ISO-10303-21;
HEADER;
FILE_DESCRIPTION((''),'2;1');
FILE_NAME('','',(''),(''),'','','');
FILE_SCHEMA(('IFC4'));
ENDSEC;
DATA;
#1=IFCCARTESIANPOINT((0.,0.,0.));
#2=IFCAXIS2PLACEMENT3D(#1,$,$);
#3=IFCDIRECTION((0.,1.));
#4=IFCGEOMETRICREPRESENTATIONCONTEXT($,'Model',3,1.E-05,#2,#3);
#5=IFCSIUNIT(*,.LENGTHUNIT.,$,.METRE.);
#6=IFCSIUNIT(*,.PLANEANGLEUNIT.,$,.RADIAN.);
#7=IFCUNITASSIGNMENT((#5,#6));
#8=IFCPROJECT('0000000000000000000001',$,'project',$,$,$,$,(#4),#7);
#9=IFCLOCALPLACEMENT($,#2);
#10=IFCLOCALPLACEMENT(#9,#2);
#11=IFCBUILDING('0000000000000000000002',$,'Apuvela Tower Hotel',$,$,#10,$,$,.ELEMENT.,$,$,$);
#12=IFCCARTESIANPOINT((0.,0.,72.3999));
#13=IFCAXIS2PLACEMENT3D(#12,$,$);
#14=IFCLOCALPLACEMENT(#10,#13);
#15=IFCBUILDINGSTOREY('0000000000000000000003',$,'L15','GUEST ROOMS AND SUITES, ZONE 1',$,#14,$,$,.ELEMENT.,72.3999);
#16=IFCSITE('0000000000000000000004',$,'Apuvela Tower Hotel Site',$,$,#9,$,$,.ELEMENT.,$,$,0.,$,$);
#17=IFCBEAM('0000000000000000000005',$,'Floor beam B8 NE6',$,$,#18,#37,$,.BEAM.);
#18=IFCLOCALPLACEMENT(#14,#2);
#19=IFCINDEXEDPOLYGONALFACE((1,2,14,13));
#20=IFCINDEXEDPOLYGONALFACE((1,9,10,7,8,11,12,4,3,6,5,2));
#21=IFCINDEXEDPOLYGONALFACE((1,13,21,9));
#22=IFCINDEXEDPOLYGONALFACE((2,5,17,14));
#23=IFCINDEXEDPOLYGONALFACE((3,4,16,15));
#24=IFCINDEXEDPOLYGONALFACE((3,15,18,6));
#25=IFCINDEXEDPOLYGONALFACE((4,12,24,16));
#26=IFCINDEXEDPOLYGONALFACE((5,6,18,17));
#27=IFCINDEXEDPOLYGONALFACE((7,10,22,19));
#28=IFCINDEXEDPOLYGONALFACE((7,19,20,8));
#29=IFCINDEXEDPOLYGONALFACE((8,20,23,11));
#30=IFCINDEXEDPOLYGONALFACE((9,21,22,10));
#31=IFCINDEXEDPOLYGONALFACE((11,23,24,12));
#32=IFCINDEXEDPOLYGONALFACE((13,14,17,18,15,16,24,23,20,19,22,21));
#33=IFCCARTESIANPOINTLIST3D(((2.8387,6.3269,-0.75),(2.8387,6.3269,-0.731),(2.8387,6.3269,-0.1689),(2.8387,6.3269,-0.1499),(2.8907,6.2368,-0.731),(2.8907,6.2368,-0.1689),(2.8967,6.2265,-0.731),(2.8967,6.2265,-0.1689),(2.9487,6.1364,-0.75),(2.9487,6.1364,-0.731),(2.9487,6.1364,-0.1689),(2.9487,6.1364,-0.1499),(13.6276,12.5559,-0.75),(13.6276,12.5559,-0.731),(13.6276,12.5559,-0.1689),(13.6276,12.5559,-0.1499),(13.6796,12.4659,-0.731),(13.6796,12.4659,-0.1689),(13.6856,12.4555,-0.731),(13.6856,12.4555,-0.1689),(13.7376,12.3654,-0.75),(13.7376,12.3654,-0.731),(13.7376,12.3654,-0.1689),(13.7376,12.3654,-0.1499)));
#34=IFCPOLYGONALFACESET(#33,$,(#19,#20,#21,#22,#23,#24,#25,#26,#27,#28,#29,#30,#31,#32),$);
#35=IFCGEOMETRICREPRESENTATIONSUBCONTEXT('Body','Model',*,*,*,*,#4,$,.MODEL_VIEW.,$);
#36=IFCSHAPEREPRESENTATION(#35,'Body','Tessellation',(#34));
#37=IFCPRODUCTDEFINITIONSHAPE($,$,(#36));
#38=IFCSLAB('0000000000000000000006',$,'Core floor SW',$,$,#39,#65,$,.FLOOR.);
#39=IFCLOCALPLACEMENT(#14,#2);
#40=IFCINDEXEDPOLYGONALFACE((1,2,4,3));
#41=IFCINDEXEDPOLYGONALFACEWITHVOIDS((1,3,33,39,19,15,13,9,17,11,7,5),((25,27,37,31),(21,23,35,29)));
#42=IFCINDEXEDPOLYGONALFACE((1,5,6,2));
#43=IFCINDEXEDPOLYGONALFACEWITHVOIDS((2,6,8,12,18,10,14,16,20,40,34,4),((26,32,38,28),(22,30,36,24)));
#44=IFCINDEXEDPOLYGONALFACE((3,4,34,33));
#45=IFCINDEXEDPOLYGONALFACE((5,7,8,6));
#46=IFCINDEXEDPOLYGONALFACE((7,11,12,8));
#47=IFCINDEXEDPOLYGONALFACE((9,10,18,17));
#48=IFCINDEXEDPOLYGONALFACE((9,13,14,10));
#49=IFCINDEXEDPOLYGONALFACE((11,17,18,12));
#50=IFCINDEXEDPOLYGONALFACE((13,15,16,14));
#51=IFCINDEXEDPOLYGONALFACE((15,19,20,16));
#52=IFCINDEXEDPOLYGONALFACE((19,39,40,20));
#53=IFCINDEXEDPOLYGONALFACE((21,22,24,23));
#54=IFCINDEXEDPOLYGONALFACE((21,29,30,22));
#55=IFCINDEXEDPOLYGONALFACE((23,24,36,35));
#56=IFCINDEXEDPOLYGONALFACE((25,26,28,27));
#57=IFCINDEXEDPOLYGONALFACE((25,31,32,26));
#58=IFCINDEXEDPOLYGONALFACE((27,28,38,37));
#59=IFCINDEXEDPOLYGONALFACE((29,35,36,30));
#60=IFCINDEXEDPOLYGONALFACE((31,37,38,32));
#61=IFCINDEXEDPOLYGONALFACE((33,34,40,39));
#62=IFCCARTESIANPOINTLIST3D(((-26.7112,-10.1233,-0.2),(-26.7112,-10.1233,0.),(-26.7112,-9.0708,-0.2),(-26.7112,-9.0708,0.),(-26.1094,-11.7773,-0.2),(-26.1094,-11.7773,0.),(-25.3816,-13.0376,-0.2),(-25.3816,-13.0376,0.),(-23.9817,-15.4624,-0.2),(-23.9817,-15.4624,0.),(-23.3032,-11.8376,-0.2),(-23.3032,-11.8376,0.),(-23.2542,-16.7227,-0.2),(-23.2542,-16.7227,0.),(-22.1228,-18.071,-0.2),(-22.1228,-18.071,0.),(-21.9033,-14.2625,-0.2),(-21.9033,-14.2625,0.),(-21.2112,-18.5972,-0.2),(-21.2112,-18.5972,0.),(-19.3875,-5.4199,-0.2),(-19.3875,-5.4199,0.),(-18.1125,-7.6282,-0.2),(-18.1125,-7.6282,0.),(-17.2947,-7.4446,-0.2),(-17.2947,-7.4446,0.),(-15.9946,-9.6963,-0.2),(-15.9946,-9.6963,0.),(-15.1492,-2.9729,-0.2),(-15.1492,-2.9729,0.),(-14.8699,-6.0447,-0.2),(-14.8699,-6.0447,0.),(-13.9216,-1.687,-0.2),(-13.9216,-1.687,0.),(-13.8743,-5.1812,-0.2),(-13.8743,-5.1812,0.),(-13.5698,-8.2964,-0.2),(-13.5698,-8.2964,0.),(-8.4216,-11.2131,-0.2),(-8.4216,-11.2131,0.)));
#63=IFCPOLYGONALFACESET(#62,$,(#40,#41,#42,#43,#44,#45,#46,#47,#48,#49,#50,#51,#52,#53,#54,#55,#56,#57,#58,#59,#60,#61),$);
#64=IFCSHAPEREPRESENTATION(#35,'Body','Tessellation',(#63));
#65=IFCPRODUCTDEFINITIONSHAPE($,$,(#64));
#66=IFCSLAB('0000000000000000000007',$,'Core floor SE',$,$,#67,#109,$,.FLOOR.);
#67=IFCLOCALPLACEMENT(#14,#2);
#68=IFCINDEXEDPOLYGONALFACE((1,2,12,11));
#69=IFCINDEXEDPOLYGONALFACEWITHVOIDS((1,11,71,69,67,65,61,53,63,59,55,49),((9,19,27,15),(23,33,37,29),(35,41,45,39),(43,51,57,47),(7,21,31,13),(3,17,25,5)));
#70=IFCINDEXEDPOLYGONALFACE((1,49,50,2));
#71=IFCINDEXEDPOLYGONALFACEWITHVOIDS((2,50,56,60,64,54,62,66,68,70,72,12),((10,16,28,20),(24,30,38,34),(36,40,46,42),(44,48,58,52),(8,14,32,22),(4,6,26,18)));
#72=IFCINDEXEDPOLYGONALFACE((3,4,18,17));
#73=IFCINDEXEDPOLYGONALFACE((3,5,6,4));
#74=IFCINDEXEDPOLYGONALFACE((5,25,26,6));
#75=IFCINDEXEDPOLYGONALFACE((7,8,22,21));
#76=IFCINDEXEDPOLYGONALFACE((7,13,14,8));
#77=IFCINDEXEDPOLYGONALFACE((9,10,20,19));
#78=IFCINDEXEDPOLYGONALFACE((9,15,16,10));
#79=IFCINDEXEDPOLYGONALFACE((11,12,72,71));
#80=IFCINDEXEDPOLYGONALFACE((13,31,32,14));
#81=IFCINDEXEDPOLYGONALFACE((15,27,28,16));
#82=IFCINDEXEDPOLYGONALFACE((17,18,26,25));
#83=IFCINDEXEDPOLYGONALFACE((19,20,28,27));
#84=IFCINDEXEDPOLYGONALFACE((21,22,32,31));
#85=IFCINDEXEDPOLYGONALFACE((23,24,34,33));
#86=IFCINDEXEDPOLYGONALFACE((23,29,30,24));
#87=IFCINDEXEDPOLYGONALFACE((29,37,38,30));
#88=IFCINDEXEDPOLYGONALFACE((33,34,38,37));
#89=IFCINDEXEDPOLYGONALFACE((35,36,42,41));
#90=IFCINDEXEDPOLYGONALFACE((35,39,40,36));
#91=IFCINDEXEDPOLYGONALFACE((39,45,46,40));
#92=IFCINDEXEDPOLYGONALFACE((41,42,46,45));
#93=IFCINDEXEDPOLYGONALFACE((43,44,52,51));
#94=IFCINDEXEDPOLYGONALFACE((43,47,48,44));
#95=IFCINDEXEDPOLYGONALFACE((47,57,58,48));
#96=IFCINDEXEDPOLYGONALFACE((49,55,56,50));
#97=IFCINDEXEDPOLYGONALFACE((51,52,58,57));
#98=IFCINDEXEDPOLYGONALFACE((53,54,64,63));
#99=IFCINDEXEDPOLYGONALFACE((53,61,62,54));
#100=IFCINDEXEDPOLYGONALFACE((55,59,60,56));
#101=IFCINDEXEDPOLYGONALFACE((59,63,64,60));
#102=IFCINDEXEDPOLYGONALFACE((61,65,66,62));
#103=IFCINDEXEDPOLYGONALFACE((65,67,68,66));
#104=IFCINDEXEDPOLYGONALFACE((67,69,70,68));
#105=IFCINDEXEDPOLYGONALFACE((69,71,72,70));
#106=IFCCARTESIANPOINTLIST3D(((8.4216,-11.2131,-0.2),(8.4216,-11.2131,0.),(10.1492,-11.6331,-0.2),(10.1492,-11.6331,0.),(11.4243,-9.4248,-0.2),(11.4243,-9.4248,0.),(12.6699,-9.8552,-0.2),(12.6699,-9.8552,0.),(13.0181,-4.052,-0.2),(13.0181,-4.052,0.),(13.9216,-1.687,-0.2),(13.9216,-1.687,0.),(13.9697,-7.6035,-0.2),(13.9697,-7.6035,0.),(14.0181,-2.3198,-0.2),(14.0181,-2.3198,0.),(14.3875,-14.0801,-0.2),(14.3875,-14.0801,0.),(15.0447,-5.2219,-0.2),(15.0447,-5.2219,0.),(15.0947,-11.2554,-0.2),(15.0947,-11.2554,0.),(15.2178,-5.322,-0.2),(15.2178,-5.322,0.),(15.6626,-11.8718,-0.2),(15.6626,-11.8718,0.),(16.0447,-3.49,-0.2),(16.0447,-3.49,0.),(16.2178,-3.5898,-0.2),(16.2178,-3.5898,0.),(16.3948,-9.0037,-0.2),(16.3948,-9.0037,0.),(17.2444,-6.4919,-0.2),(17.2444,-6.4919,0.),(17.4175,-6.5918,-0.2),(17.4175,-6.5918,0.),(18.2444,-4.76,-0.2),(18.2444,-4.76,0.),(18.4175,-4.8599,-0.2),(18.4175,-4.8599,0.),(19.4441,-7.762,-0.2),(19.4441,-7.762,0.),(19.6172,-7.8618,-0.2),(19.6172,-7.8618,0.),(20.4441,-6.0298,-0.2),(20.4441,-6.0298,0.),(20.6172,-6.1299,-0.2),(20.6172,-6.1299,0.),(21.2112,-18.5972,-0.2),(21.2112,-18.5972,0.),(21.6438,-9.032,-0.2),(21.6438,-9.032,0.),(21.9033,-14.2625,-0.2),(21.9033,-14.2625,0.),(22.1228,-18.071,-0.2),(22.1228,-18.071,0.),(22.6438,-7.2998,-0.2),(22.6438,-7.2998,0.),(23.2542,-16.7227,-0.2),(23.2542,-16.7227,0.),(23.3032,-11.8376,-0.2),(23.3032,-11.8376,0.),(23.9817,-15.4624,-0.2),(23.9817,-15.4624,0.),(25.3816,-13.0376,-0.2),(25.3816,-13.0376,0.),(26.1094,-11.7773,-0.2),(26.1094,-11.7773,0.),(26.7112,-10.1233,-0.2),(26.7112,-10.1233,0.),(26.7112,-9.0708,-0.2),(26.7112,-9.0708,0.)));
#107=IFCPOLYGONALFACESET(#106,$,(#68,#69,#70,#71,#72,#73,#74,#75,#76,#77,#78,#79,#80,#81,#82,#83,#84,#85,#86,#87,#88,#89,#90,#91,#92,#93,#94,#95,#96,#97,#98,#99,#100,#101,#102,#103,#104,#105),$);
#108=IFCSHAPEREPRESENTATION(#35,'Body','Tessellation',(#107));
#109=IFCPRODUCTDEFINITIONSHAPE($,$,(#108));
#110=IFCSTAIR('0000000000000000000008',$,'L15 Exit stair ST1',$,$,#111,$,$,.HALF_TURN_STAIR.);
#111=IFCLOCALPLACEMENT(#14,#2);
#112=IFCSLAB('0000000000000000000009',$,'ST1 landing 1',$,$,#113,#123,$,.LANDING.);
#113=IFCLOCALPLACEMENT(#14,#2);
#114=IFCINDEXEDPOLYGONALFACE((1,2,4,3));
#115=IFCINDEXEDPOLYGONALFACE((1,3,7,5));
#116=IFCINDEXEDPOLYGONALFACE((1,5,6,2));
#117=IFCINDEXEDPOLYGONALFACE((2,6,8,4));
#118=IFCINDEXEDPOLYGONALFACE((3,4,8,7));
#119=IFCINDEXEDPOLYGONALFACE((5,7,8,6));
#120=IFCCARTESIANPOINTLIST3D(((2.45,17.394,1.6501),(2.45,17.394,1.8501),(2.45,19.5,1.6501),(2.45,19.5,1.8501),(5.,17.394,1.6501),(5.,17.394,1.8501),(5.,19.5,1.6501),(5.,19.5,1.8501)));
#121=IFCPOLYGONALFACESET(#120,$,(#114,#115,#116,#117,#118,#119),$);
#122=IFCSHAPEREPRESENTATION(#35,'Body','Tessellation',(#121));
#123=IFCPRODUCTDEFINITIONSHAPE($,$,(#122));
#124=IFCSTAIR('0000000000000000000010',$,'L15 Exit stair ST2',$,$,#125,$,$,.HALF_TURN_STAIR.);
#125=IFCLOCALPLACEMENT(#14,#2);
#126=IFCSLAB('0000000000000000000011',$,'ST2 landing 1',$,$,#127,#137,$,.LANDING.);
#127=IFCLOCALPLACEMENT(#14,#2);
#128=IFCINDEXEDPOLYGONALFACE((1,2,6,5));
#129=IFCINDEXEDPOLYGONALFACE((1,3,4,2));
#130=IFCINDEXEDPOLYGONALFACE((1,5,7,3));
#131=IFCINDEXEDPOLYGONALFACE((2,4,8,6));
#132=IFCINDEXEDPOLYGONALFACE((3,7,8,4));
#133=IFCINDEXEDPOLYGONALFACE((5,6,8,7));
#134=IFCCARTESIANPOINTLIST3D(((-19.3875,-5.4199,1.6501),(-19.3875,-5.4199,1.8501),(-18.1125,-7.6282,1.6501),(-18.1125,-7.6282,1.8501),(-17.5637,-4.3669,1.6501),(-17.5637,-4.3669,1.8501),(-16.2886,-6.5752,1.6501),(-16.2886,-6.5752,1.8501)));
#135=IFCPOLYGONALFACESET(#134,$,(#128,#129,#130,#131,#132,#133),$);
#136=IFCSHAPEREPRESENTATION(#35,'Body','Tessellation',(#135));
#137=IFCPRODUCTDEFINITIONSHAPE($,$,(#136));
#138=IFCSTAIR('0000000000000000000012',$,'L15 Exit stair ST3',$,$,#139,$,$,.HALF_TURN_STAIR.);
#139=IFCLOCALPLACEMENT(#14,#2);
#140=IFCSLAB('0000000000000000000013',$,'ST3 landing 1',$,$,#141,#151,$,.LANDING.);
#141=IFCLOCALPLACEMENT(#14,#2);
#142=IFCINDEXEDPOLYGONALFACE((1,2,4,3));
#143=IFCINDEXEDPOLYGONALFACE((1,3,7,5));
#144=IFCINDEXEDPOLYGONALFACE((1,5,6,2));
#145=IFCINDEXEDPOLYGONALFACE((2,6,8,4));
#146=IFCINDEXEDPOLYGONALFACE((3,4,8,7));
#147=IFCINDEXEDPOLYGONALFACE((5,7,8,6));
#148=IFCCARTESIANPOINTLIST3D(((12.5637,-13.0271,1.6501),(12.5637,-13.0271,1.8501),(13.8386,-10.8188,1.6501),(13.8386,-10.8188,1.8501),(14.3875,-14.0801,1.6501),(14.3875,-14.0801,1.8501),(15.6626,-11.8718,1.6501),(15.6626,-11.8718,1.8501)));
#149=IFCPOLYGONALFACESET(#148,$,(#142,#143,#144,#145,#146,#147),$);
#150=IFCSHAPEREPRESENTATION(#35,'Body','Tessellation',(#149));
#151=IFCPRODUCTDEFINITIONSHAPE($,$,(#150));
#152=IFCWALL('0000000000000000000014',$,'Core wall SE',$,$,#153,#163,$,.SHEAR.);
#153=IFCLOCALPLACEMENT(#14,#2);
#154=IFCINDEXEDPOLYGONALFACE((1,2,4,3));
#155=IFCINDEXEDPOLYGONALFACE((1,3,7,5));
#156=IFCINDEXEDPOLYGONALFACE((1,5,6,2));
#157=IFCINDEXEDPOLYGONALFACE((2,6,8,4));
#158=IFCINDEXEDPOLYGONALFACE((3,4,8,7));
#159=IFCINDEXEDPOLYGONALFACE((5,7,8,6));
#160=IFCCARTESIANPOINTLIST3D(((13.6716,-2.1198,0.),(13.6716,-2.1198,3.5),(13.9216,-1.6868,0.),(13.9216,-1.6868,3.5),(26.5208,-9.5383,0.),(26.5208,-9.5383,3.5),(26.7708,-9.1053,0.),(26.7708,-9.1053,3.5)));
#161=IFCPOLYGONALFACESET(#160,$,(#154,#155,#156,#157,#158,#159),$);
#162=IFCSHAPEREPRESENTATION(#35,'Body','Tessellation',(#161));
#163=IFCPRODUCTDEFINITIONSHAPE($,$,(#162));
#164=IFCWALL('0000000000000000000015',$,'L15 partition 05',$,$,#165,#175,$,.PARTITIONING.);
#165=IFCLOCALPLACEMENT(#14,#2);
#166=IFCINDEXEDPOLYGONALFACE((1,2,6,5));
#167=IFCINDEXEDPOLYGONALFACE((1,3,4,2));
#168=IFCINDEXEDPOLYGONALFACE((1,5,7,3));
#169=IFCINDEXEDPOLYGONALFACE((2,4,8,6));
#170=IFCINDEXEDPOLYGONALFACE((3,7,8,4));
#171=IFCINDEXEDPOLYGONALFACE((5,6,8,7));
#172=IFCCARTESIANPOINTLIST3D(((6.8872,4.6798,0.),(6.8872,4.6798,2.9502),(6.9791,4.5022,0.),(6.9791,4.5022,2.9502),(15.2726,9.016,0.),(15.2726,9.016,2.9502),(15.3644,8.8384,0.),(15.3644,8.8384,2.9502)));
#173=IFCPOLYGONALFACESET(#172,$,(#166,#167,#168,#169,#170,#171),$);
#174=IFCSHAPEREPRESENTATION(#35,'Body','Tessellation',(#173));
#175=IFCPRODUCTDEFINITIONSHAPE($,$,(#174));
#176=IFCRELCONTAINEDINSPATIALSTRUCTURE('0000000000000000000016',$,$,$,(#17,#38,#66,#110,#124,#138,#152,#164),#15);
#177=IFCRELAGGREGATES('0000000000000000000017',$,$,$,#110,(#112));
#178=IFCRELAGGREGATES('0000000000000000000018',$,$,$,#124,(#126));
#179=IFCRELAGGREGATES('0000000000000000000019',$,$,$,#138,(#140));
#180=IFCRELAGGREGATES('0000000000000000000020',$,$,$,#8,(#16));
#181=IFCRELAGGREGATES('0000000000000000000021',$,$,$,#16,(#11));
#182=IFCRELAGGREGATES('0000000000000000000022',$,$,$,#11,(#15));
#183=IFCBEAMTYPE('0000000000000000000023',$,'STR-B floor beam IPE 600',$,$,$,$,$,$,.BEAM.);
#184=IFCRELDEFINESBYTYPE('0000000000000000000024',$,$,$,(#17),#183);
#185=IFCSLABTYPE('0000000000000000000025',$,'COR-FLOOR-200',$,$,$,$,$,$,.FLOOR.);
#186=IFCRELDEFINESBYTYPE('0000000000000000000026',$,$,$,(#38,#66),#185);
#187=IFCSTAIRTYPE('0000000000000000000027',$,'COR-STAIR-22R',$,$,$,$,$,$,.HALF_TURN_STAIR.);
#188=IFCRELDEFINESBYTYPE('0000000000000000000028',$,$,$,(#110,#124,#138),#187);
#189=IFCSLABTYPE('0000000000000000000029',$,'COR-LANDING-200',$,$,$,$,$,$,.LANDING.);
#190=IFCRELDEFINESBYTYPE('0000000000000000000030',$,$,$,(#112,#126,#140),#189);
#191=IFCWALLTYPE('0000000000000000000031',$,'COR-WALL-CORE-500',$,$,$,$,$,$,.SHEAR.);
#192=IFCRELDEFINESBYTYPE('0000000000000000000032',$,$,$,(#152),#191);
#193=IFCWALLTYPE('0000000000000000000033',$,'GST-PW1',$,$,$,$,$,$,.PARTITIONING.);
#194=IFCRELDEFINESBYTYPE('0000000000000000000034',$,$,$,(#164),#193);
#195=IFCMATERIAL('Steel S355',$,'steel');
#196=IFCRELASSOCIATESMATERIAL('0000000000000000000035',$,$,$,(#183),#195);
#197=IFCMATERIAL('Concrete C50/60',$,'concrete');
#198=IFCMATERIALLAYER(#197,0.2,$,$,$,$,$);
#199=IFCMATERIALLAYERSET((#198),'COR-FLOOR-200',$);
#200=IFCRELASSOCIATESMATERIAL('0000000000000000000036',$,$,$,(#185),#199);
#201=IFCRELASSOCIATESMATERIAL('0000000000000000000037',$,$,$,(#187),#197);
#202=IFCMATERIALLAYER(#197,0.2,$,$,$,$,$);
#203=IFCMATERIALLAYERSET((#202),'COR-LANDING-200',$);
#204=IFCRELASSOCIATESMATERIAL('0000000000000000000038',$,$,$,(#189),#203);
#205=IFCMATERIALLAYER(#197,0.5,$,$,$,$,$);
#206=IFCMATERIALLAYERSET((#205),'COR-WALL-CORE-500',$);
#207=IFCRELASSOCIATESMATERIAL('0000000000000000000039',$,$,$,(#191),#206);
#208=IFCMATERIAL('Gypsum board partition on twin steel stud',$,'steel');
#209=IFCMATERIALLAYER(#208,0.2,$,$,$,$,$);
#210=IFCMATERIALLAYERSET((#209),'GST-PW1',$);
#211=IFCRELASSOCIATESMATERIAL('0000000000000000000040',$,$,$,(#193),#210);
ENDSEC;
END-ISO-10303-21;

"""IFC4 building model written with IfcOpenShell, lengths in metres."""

from ifc_helpers import new_model, si_unit, direction, frame, frame_2d, origin, origin_2d, place, context, subcontext, project, spatial, polyline, rectangle, i_section, outline, extrude, material, layer, layer_set, material_profile, profile_set, type_object, element, aggregate, save


model = new_model("IFC4")

# Units and contexts
model_context = context("Model", 3, precision=1e-05, world=origin(), true_north=direction((0.0, 1.0)))
body_context = subcontext(model_context, "Body", "Model", "MODEL_VIEW")
ifc_project = project(units=[si_unit("LENGTHUNIT", "METRE"), si_unit("PLANEANGLEUNIT", "RADIAN")], contexts=[model_context])

# Site, building, storey
site_placement = place(None, origin())
site = spatial("IfcSite", under=ifc_project, at=site_placement, Name="Apuvela Tower Hotel Site", CompositionType="ELEMENT", RefElevation=0.0)
building_placement = place(site_placement, origin())
building = spatial("IfcBuilding", under=site, at=building_placement, Name="Apuvela Tower Hotel", CompositionType="ELEMENT")
storey_placement = place(building_placement, frame((0.0, 0.0, 72.3999)))
storey = spatial("IfcBuildingStorey", under=building, at=storey_placement, Name="L15", Description="GUEST ROOMS AND SUITES, ZONE 1", CompositionType="ELEMENT", Elevation=72.3999)

# Beam
ifc_material_1 = material(Name="Steel S355", Category="steel")
ifc_material_profile = material_profile(ifc_material_1, i_section(OverallWidth=0.22, OverallDepth=0.6001, WebThickness=0.012, FlangeThickness=0.019, at=origin_2d()), Name="IPE 600")
ifc_profile_set = profile_set([ifc_material_profile], Name="Steel S355")
beam_type = type_object("IfcBeamType", Name="STR-B floor beam IPE 600", PredefinedType="BEAM", material=ifc_profile_set)
beam_placement = place(storey_placement, frame((13.6826, 12.4607, -0.45), z_axis=(-0.866023, -0.500005, 0.0), x_axis=(0.500005, -0.866023, 0.0)))
element("IfcBeam", 1, at=beam_placement, inside=storey, type_object=beam_type, Name="Floor beam B8 NE6", PredefinedType="BEAM", context=body_context, shape_type="SweptSolid", body=[
    extrude(i_section(OverallWidth=0.22, OverallDepth=0.6001, WebThickness=0.012, FlangeThickness=0.019, at=origin_2d()), origin(), (0.0, 0.0, 1.0), 12.458),
])

# Slabs
ifc_material_2 = material(Name="Concrete C50/60", Category="concrete")
ifc_layer_1 = layer(ifc_material_2, 0.2)
ifc_layer_set_1 = layer_set([ifc_layer_1], Name="COR-FLOOR-200")
slab_type_1 = type_object("IfcSlabType", Name="COR-FLOOR-200", PredefinedType="FLOOR", material=ifc_layer_set_1)
slab_1_placement = place(storey_placement, frame((0.0, 0.0, -0.2)))
element("IfcSlab", 2, at=slab_1_placement, inside=storey, type_object=slab_type_1, Name="Core floor SW", PredefinedType="FLOOR", context=body_context, shape_type="SweptSolid", body=[
    extrude(outline(polyline([(-26.7112, -9.0708), (-26.7112, -10.1233), (-26.1094, -11.7773), (-25.3816, -13.0376), (-23.3032, -11.8376), (-21.9033, -14.2625), (-23.9817, -15.4624), (-23.2542, -16.7227), (-22.1228, -18.071), (-21.2112, -18.5972), (-8.4216, -11.2131), (-13.9216, -1.687), (-26.7112, -9.0708)]), holes=[polyline([(-13.8743, -5.1812), (-18.1125, -7.6282), (-19.3875, -5.4199), (-15.1492, -2.9729), (-13.8743, -5.1812)]), polyline([(-13.5698, -8.2964), (-15.9946, -9.6963), (-17.2947, -7.4446), (-14.8699, -6.0447), (-13.5698, -8.2964)])]), origin(), (0.0, 0.0, 1.0), 0.2),
])
slab_2_placement = place(storey_placement, frame((0.0, 0.0, -0.2)))
element("IfcSlab", 3, at=slab_2_placement, inside=storey, type_object=slab_type_1, Name="Core floor SE", PredefinedType="FLOOR", context=body_context, shape_type="SweptSolid", body=[
    extrude(outline(polyline([(21.2112, -18.5972), (22.1228, -18.071), (23.2542, -16.7227), (23.9817, -15.4624), (21.9033, -14.2625), (23.3032, -11.8376), (25.3816, -13.0376), (26.1094, -11.7773), (26.7112, -10.1233), (26.7112, -9.0708), (13.9216, -1.687), (8.4216, -11.2131), (21.2112, -18.5972)]), holes=[polyline([(13.0181, -4.052), (14.0181, -2.3198), (16.0447, -3.49), (15.0447, -5.2219), (13.0181, -4.052)]), polyline([(17.2444, -6.4919), (15.2178, -5.322), (16.2178, -3.5898), (18.2444, -4.76), (17.2444, -6.4919)]), polyline([(14.3875, -14.0801), (10.1492, -11.6331), (11.4243, -9.4248), (15.6626, -11.8718), (14.3875, -14.0801)]), polyline([(12.6699, -9.8552), (13.9697, -7.6035), (16.3948, -9.0037), (15.0947, -11.2554), (12.6699, -9.8552)]), polyline([(19.4441, -7.762), (17.4175, -6.5918), (18.4175, -4.8599), (20.4441, -6.0298), (19.4441, -7.762)]), polyline([(21.6438, -9.032), (19.6172, -7.8618), (20.6172, -6.1299), (22.6438, -7.2998), (21.6438, -9.032)])]), origin(), (0.0, 0.0, 1.0), 0.2),
])

# Stairs, slabs
stair_type = type_object("IfcStairType", Name="COR-STAIR-22R", PredefinedType="HALF_TURN_STAIR", material=ifc_material_2)
stair_1_placement = place(storey_placement, origin())
stair_1 = element("IfcStair", 4, at=stair_1_placement, inside=storey, type_object=stair_type, Name="L15 Exit stair ST1", PredefinedType="HALF_TURN_STAIR")
ifc_layer_2 = layer(ifc_material_2, 0.2)
ifc_layer_set_2 = layer_set([ifc_layer_2], Name="COR-LANDING-200")
slab_type_2 = type_object("IfcSlabType", Name="COR-LANDING-200", PredefinedType="LANDING", material=ifc_layer_set_2)
slab_3_placement = place(storey_placement, frame((0.0, 0.0, 1.6501)))
slab_3 = element("IfcSlab", 5, at=slab_3_placement, type_object=slab_type_2, Name="ST1 landing 1", PredefinedType="LANDING", context=body_context, shape_type="SweptSolid", body=[
    extrude(outline(polyline([(5.0, 17.394), (5.0, 19.5), (2.45, 19.5), (2.45, 17.394), (5.0, 17.394)])), origin(), (0.0, 0.0, 1.0), 0.2),
])
aggregate(stair_1, [slab_3])
stair_2_placement = place(storey_placement, origin())
stair_2 = element("IfcStair", 6, at=stair_2_placement, inside=storey, type_object=stair_type, Name="L15 Exit stair ST2", PredefinedType="HALF_TURN_STAIR")
slab_4_placement = place(storey_placement, frame((0.0, 0.0, 1.6501)))
slab_4 = element("IfcSlab", 7, at=slab_4_placement, type_object=slab_type_2, Name="ST2 landing 1", PredefinedType="LANDING", context=body_context, shape_type="SweptSolid", body=[
    extrude(outline(polyline([(-17.5637, -4.3669), (-19.3875, -5.4199), (-18.1125, -7.6282), (-16.2886, -6.5752), (-17.5637, -4.3669)])), origin(), (0.0, 0.0, 1.0), 0.2),
])
aggregate(stair_2, [slab_4])
stair_3_placement = place(storey_placement, origin())
stair_3 = element("IfcStair", 8, at=stair_3_placement, inside=storey, type_object=stair_type, Name="L15 Exit stair ST3", PredefinedType="HALF_TURN_STAIR")
slab_5_placement = place(storey_placement, frame((0.0, 0.0, 1.6501)))
slab_5 = element("IfcSlab", 9, at=slab_5_placement, type_object=slab_type_2, Name="ST3 landing 1", PredefinedType="LANDING", context=body_context, shape_type="SweptSolid", body=[
    extrude(outline(polyline([(12.5637, -13.0271), (14.3875, -14.0801), (15.6626, -11.8718), (13.8386, -10.8188), (12.5637, -13.0271)])), origin(), (0.0, 0.0, 1.0), 0.2),
])
aggregate(stair_3, [slab_5])

# Walls
ifc_layer_3 = layer(ifc_material_2, 0.5)
ifc_layer_set_3 = layer_set([ifc_layer_3], Name="COR-WALL-CORE-500")
wall_type_1 = type_object("IfcWallType", Name="COR-WALL-CORE-500", PredefinedType="SHEAR", material=ifc_layer_set_3)
wall_1_placement = place(storey_placement, frame((13.7966, -1.9033, 0.0), z_axis=(0.0, 0.0, 1.0), x_axis=(0.866025, -0.500001, 0.0)))
element("IfcWall", 10, at=wall_1_placement, inside=storey, type_object=wall_type_1, Name="Core wall SE", PredefinedType="SHEAR", context=body_context, shape_type="SweptSolid", body=[
    extrude(rectangle(XDim=14.8369, YDim=0.5, at=frame_2d((7.4185, 0.0))), origin(), (0.0, 0.0, 1.0), 3.5),
])
ifc_material_3 = material(Name="Gypsum board partition on twin steel stud", Category="steel")
ifc_layer_4 = layer(ifc_material_3, 0.2)
ifc_layer_set_4 = layer_set([ifc_layer_4], Name="GST-PW1")
wall_type_2 = type_object("IfcWallType", Name="GST-PW1", PredefinedType="PARTITIONING", material=ifc_layer_set_4)
wall_2_placement = place(storey_placement, frame((15.3186, 8.9272, 0.0), z_axis=(0.0, 0.0, 1.0), x_axis=(-0.888262, -0.459338, 0.0)))
element("IfcWall", 11, at=wall_2_placement, inside=storey, type_object=wall_type_2, Name="L15 partition 05", PredefinedType="PARTITIONING", context=body_context, shape_type="SweptSolid", body=[
    extrude(rectangle(XDim=9.4402, YDim=0.2, at=frame_2d((4.7202, 0.0))), origin(), (0.0, 0.0, 1.0), 2.9502),
])

save(model, "model.ifc")
